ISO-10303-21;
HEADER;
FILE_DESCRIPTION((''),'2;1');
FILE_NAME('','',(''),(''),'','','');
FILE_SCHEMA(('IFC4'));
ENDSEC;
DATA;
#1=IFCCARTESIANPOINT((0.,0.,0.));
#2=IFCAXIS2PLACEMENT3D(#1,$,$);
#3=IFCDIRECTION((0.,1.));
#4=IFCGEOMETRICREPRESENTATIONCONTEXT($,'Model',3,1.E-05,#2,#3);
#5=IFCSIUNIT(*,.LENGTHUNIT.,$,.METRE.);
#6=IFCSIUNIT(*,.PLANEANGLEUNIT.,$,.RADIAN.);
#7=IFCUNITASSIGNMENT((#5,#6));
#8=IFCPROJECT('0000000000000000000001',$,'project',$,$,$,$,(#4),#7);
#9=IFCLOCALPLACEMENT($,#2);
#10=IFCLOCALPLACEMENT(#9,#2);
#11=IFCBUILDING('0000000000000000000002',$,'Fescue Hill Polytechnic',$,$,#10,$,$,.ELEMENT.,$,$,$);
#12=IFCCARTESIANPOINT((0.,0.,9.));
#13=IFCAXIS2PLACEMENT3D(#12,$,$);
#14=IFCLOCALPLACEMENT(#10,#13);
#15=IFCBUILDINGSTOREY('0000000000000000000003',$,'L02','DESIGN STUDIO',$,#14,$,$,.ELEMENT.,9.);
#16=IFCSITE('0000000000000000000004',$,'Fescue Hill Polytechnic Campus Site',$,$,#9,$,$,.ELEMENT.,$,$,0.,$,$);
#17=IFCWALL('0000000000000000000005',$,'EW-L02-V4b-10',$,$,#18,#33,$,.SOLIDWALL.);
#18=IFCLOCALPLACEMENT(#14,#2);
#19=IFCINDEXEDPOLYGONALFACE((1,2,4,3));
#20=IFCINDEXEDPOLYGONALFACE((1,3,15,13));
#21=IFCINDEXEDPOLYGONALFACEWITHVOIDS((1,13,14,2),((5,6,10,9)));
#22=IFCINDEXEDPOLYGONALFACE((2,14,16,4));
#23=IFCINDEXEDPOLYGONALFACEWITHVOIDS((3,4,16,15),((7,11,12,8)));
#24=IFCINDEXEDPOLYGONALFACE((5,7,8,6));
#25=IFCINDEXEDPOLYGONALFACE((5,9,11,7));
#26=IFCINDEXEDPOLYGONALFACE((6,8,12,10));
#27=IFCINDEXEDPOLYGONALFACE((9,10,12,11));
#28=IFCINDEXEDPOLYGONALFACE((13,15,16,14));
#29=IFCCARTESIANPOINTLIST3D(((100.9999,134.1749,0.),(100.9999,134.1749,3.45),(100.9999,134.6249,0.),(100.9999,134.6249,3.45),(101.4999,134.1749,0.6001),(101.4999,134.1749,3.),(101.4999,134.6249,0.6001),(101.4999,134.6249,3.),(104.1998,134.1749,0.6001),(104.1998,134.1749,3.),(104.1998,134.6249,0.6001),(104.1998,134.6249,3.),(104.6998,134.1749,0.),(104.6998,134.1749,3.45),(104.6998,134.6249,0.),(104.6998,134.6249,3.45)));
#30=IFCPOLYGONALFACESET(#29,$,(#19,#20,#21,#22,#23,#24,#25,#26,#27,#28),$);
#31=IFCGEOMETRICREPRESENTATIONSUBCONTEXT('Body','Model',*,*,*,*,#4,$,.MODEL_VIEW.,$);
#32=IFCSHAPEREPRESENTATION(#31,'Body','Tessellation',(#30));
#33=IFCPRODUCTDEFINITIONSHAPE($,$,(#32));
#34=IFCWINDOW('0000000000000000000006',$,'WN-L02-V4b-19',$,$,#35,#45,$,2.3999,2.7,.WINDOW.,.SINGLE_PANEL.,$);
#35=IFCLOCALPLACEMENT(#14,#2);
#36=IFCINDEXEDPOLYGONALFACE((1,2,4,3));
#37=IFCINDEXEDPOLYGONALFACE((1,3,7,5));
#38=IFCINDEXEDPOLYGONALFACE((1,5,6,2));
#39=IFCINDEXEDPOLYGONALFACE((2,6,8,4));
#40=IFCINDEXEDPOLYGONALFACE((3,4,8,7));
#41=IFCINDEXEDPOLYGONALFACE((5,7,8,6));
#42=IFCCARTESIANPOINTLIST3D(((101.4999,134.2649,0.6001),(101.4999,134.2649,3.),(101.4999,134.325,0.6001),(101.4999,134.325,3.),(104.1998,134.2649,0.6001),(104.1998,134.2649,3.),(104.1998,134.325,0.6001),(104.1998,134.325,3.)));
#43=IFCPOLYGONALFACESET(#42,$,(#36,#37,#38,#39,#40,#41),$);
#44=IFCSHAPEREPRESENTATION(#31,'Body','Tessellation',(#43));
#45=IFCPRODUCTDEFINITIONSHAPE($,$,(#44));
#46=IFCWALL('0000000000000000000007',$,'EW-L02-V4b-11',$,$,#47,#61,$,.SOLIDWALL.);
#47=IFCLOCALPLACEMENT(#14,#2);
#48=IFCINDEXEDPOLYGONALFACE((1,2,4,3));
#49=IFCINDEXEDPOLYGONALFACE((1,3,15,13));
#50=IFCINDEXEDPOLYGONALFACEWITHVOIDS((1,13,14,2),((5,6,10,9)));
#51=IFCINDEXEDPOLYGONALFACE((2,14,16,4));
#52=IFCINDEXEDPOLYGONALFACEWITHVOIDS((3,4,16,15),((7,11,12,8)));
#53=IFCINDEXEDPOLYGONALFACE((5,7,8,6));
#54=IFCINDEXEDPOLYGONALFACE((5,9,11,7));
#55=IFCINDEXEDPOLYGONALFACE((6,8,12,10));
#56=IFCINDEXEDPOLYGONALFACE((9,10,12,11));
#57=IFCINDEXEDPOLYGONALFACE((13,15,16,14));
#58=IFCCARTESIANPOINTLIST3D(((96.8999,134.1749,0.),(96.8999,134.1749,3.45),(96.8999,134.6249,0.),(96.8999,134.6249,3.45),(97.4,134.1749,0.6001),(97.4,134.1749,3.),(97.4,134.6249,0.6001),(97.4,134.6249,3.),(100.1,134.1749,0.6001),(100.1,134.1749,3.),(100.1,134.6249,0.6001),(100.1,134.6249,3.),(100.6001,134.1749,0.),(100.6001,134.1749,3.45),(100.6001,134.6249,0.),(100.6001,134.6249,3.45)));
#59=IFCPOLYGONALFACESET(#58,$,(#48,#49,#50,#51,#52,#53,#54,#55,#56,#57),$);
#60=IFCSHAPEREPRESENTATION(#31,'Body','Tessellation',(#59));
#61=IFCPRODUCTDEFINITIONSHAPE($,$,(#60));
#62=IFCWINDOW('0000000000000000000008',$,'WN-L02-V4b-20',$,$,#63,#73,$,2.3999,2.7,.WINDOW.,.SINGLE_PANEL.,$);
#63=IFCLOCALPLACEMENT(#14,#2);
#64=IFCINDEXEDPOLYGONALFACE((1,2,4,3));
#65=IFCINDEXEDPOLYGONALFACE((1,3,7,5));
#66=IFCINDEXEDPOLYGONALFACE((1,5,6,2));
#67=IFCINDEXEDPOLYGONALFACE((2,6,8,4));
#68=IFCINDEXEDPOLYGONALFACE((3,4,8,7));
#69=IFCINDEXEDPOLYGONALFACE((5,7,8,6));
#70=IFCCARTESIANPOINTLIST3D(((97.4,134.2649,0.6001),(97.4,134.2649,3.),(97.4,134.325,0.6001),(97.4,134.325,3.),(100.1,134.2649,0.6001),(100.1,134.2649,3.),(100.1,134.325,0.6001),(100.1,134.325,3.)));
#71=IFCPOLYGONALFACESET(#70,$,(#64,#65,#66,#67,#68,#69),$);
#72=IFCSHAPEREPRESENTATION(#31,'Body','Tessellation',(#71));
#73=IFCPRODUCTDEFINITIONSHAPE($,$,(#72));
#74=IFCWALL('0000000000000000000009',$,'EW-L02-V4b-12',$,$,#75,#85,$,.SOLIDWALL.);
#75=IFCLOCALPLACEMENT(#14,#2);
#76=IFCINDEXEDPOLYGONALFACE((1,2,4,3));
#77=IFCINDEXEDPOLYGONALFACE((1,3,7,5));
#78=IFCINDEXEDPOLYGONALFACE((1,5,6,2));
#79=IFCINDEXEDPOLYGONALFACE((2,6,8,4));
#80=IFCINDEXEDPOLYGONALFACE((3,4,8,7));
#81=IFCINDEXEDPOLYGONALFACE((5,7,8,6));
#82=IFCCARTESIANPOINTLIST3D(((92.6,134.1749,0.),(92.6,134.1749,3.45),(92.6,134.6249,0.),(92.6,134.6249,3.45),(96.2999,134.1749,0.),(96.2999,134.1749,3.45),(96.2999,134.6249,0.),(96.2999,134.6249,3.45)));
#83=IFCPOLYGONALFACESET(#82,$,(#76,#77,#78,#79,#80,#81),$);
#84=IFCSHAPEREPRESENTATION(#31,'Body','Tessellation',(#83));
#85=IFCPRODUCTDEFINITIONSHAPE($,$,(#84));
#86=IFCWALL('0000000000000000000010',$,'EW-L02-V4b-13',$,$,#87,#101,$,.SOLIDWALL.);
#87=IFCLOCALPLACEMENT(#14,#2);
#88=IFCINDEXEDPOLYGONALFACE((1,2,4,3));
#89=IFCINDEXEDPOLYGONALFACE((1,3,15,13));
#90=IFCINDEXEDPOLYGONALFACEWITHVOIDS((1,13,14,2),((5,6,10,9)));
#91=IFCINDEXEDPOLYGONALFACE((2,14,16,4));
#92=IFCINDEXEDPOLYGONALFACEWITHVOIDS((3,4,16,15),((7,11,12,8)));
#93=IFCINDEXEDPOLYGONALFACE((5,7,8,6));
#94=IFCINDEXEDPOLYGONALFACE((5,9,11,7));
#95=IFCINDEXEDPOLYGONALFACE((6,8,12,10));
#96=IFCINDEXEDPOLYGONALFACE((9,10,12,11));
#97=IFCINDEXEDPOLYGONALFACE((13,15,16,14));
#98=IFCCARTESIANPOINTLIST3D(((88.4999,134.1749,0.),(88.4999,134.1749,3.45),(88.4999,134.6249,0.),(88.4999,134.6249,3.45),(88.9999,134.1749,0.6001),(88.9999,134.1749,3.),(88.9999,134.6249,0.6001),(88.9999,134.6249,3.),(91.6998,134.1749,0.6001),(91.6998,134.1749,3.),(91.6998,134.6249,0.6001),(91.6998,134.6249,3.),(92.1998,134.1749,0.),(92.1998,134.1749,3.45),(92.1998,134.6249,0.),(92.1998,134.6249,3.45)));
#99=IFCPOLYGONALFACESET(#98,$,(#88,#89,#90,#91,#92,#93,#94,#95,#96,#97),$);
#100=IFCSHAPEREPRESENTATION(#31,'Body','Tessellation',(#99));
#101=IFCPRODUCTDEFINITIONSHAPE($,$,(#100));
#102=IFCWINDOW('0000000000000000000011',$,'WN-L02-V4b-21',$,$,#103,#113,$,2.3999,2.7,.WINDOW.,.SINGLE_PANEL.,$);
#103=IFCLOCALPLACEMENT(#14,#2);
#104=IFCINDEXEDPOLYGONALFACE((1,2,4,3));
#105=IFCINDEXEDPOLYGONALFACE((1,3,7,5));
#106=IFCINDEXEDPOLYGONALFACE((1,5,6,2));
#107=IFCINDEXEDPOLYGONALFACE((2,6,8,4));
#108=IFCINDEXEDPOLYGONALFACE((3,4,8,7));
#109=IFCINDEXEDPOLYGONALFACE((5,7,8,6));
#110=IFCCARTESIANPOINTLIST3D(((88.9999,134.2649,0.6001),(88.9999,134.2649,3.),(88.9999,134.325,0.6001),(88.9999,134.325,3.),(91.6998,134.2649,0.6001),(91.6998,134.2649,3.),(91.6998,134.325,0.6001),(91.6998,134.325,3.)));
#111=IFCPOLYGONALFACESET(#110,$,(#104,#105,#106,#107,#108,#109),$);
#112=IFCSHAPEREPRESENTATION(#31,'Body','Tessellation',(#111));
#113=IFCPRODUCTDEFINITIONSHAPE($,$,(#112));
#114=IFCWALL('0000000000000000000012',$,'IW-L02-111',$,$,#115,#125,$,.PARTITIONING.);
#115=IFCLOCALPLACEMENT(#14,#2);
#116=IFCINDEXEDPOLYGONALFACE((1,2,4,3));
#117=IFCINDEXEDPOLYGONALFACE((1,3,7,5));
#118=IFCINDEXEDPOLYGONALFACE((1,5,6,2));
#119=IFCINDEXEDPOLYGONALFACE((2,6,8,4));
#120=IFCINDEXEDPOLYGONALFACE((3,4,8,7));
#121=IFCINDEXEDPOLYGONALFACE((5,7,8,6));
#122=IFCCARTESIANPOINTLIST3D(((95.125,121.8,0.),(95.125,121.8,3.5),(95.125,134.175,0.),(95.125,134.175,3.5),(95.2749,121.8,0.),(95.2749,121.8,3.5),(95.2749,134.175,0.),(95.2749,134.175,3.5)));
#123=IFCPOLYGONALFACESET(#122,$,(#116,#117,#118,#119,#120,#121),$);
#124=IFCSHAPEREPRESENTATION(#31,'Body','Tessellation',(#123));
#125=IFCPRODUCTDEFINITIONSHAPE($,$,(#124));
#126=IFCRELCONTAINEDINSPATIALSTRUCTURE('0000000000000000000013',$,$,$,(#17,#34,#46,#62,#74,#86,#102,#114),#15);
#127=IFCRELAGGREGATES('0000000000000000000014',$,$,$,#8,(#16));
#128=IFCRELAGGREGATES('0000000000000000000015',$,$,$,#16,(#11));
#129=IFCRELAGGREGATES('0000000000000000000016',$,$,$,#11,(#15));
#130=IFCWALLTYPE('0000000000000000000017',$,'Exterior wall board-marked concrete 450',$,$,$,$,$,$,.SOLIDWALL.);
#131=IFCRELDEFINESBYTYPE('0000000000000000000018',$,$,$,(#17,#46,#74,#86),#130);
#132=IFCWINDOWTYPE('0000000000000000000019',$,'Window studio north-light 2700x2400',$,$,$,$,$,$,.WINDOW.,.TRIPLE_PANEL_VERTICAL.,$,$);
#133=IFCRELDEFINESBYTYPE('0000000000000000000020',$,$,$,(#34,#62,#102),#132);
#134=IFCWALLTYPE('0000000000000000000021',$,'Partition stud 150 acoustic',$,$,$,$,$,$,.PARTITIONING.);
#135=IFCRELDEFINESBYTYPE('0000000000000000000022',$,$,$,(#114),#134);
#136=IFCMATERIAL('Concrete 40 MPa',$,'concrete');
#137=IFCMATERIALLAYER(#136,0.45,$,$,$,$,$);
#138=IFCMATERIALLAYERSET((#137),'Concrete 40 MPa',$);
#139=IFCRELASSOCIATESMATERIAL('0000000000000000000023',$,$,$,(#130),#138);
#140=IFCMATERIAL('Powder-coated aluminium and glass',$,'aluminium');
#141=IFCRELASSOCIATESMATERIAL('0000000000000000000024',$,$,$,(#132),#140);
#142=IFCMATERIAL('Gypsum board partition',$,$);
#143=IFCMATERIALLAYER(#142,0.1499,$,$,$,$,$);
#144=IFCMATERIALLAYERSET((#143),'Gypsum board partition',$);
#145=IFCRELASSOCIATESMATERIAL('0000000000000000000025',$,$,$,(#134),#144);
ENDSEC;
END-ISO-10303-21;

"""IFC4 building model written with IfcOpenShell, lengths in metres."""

from ifc_helpers import new_model, si_unit, direction, frame, frame_2d, origin, place, context, subcontext, project, spatial, rectangle, extrude, material, layer, layer_set, type_object, element, fill, save


model = new_model("IFC4")

# Units and contexts
model_context = context("Model", 3, precision=1e-05, world=origin(), true_north=direction((0.0, 1.0)))
body_context = subcontext(model_context, "Body", "Model", "MODEL_VIEW")
ifc_project = project(units=[si_unit("LENGTHUNIT", "METRE"), si_unit("PLANEANGLEUNIT", "RADIAN")], contexts=[model_context])

# Site, building, storey
site_placement = place(None, origin())
site = spatial("IfcSite", under=ifc_project, at=site_placement, Name="Fescue Hill Polytechnic Campus Site", CompositionType="ELEMENT", RefElevation=0.0)
building_placement = place(site_placement, origin())
building = spatial("IfcBuilding", under=site, at=building_placement, Name="Fescue Hill Polytechnic", CompositionType="ELEMENT")
storey_placement = place(building_placement, frame((0.0, 0.0, 9.0)))
storey = spatial("IfcBuildingStorey", under=building, at=storey_placement, Name="L02", Description="DESIGN STUDIO", CompositionType="ELEMENT", Elevation=9.0)

# Shared definitions
ifc_material_1 = material(Name="Concrete 40 MPa", Category="concrete")

# Walls, openings, windows
ifc_layer_1 = layer(ifc_material_1, 0.45)
ifc_layer_set_1 = layer_set([ifc_layer_1], Name="Concrete 40 MPa")
wall_type_1 = type_object("IfcWallType", Name="Exterior wall board-marked concrete 450", PredefinedType="SOLIDWALL", material=ifc_layer_set_1)
wall_1_placement = place(storey_placement, frame((104.7, 134.3999, 0.0), z_axis=(0.0, 0.0, 1.0), x_axis=(-1.0, 0.0, 0.0)))
wall_1 = element("IfcWall", 1, at=wall_1_placement, inside=storey, type_object=wall_type_1, Name="EW-L02-V4b-10", PredefinedType="SOLIDWALL", context=body_context, shape_type="SweptSolid", body=[
    extrude(rectangle(XDim=3.7, YDim=0.45, at=frame_2d((1.8501, 0.0))), origin(), (0.0, 0.0, 1.0), 3.45),
])
opening_1_placement = place(wall_1_placement, frame((0.5, 0.0, 0.6001)))
opening_1 = element("IfcOpeningElement", 2, at=opening_1_placement, cuts=wall_1, PredefinedType="OPENING", context=body_context, shape_type="SweptSolid", body=[
    extrude(rectangle(XDim=2.7, YDim=2.3999, at=frame_2d((1.3501, 1.2))), frame((0.0, 0.2349, 0.0), z_axis=(0.0, -1.0, 0.0), x_axis=(1.0, 0.0, 0.0)), (0.0, 0.0, 1.0), 0.47),
])
ifc_material_2 = material(Name="Powder-coated aluminium and glass", Category="aluminium")
window_type = type_object("IfcWindowType", Name="Window studio north-light 2700x2400", PartitioningType="TRIPLE_PANEL_VERTICAL", PredefinedType="WINDOW", material=ifc_material_2)
window_1_placement = place(opening_1_placement, origin())
window_1 = element("IfcWindow", 3, at=window_1_placement, inside=storey, type_object=window_type, Name="WN-L02-V4b-19", OverallHeight=2.3999, OverallWidth=2.7, PartitioningType="SINGLE_PANEL", PredefinedType="WINDOW", context=body_context, shape_type="SweptSolid", body=[
    extrude(rectangle(XDim=2.7, YDim=2.3999, at=frame_2d((1.3501, 1.2))), frame((0.0, 0.135, 0.0), z_axis=(0.0, -1.0, 0.0), x_axis=(1.0, 0.0, 0.0)), (0.0, 0.0, 1.0), 0.0601),
])
fill(opening_1, window_1)
wall_2_placement = place(storey_placement, frame((100.6001, 134.3999, 0.0), z_axis=(0.0, 0.0, 1.0), x_axis=(-1.0, 0.0, 0.0)))
wall_2 = element("IfcWall", 4, at=wall_2_placement, inside=storey, type_object=wall_type_1, Name="EW-L02-V4b-11", PredefinedType="SOLIDWALL", context=body_context, shape_type="SweptSolid", body=[
    extrude(rectangle(XDim=3.7002, YDim=0.45, at=frame_2d((1.8501, 0.0))), origin(), (0.0, 0.0, 1.0), 3.45),
])
opening_2_placement = place(wall_2_placement, frame((0.5, 0.0, 0.6001)))
opening_2 = element("IfcOpeningElement", 5, at=opening_2_placement, cuts=wall_2, PredefinedType="OPENING", context=body_context, shape_type="SweptSolid", body=[
    extrude(rectangle(XDim=2.7, YDim=2.3999, at=frame_2d((1.3501, 1.2))), frame((0.0, 0.2349, 0.0), z_axis=(0.0, -1.0, 0.0), x_axis=(1.0, 0.0, 0.0)), (0.0, 0.0, 1.0), 0.47),
])
window_2_placement = place(opening_2_placement, origin())
window_2 = element("IfcWindow", 6, at=window_2_placement, inside=storey, type_object=window_type, Name="WN-L02-V4b-20", OverallHeight=2.3999, OverallWidth=2.7, PartitioningType="SINGLE_PANEL", PredefinedType="WINDOW", context=body_context, shape_type="SweptSolid", body=[
    extrude(rectangle(XDim=2.7, YDim=2.3999, at=frame_2d((1.3501, 1.2))), frame((0.0, 0.135, 0.0), z_axis=(0.0, -1.0, 0.0), x_axis=(1.0, 0.0, 0.0)), (0.0, 0.0, 1.0), 0.0601),
])
fill(opening_2, window_2)

# Wall
wall_3_placement = place(storey_placement, frame((96.3, 134.3999, 0.0), z_axis=(0.0, 0.0, 1.0), x_axis=(-1.0, 0.0, 0.0)))
element("IfcWall", 7, at=wall_3_placement, inside=storey, type_object=wall_type_1, Name="EW-L02-V4b-12", PredefinedType="SOLIDWALL", context=body_context, shape_type="SweptSolid", body=[
    extrude(rectangle(XDim=3.7, YDim=0.45, at=frame_2d((1.8501, 0.0))), origin(), (0.0, 0.0, 1.0), 3.45),
])

# Wall, opening, window
wall_4_placement = place(storey_placement, frame((92.2, 134.3999, 0.0), z_axis=(0.0, 0.0, 1.0), x_axis=(-1.0, 0.0, 0.0)))
wall_4 = element("IfcWall", 8, at=wall_4_placement, inside=storey, type_object=wall_type_1, Name="EW-L02-V4b-13", PredefinedType="SOLIDWALL", context=body_context, shape_type="SweptSolid", body=[
    extrude(rectangle(XDim=3.7, YDim=0.45, at=frame_2d((1.8501, 0.0))), origin(), (0.0, 0.0, 1.0), 3.45),
])
opening_3_placement = place(wall_4_placement, frame((0.5, 0.0, 0.6001)))
opening_3 = element("IfcOpeningElement", 9, at=opening_3_placement, cuts=wall_4, PredefinedType="OPENING", context=body_context, shape_type="SweptSolid", body=[
    extrude(rectangle(XDim=2.7, YDim=2.3999, at=frame_2d((1.3501, 1.2))), frame((0.0, 0.2349, 0.0), z_axis=(0.0, -1.0, 0.0), x_axis=(1.0, 0.0, 0.0)), (0.0, 0.0, 1.0), 0.47),
])
window_3_placement = place(opening_3_placement, origin())
window_3 = element("IfcWindow", 10, at=window_3_placement, inside=storey, type_object=window_type, Name="WN-L02-V4b-21", OverallHeight=2.3999, OverallWidth=2.7, PartitioningType="SINGLE_PANEL", PredefinedType="WINDOW", context=body_context, shape_type="SweptSolid", body=[
    extrude(rectangle(XDim=2.7, YDim=2.3999, at=frame_2d((1.3501, 1.2))), frame((0.0, 0.135, 0.0), z_axis=(0.0, -1.0, 0.0), x_axis=(1.0, 0.0, 0.0)), (0.0, 0.0, 1.0), 0.0601),
])
fill(opening_3, window_3)

# Wall
ifc_material_3 = material(Name="Gypsum board partition")
ifc_layer_2 = layer(ifc_material_3, 0.1499)
ifc_layer_set_2 = layer_set([ifc_layer_2], Name="Gypsum board partition")
wall_type_2 = type_object("IfcWallType", Name="Partition stud 150 acoustic", PredefinedType="PARTITIONING", material=ifc_layer_set_2)
wall_5_placement = place(storey_placement, frame((95.2, 121.8, 0.0), z_axis=(0.0, 0.0, 1.0), x_axis=(0.0, 1.0, 0.0)))
element("IfcWall", 11, at=wall_5_placement, inside=storey, type_object=wall_type_2, Name="IW-L02-111", PredefinedType="PARTITIONING", context=body_context, shape_type="SweptSolid", body=[
    extrude(rectangle(XDim=12.375, YDim=0.1499, at=frame_2d((6.1875, 0.0))), origin(), (0.0, 0.0, 1.0), 3.5),
])

save(model, "model.ifc")
